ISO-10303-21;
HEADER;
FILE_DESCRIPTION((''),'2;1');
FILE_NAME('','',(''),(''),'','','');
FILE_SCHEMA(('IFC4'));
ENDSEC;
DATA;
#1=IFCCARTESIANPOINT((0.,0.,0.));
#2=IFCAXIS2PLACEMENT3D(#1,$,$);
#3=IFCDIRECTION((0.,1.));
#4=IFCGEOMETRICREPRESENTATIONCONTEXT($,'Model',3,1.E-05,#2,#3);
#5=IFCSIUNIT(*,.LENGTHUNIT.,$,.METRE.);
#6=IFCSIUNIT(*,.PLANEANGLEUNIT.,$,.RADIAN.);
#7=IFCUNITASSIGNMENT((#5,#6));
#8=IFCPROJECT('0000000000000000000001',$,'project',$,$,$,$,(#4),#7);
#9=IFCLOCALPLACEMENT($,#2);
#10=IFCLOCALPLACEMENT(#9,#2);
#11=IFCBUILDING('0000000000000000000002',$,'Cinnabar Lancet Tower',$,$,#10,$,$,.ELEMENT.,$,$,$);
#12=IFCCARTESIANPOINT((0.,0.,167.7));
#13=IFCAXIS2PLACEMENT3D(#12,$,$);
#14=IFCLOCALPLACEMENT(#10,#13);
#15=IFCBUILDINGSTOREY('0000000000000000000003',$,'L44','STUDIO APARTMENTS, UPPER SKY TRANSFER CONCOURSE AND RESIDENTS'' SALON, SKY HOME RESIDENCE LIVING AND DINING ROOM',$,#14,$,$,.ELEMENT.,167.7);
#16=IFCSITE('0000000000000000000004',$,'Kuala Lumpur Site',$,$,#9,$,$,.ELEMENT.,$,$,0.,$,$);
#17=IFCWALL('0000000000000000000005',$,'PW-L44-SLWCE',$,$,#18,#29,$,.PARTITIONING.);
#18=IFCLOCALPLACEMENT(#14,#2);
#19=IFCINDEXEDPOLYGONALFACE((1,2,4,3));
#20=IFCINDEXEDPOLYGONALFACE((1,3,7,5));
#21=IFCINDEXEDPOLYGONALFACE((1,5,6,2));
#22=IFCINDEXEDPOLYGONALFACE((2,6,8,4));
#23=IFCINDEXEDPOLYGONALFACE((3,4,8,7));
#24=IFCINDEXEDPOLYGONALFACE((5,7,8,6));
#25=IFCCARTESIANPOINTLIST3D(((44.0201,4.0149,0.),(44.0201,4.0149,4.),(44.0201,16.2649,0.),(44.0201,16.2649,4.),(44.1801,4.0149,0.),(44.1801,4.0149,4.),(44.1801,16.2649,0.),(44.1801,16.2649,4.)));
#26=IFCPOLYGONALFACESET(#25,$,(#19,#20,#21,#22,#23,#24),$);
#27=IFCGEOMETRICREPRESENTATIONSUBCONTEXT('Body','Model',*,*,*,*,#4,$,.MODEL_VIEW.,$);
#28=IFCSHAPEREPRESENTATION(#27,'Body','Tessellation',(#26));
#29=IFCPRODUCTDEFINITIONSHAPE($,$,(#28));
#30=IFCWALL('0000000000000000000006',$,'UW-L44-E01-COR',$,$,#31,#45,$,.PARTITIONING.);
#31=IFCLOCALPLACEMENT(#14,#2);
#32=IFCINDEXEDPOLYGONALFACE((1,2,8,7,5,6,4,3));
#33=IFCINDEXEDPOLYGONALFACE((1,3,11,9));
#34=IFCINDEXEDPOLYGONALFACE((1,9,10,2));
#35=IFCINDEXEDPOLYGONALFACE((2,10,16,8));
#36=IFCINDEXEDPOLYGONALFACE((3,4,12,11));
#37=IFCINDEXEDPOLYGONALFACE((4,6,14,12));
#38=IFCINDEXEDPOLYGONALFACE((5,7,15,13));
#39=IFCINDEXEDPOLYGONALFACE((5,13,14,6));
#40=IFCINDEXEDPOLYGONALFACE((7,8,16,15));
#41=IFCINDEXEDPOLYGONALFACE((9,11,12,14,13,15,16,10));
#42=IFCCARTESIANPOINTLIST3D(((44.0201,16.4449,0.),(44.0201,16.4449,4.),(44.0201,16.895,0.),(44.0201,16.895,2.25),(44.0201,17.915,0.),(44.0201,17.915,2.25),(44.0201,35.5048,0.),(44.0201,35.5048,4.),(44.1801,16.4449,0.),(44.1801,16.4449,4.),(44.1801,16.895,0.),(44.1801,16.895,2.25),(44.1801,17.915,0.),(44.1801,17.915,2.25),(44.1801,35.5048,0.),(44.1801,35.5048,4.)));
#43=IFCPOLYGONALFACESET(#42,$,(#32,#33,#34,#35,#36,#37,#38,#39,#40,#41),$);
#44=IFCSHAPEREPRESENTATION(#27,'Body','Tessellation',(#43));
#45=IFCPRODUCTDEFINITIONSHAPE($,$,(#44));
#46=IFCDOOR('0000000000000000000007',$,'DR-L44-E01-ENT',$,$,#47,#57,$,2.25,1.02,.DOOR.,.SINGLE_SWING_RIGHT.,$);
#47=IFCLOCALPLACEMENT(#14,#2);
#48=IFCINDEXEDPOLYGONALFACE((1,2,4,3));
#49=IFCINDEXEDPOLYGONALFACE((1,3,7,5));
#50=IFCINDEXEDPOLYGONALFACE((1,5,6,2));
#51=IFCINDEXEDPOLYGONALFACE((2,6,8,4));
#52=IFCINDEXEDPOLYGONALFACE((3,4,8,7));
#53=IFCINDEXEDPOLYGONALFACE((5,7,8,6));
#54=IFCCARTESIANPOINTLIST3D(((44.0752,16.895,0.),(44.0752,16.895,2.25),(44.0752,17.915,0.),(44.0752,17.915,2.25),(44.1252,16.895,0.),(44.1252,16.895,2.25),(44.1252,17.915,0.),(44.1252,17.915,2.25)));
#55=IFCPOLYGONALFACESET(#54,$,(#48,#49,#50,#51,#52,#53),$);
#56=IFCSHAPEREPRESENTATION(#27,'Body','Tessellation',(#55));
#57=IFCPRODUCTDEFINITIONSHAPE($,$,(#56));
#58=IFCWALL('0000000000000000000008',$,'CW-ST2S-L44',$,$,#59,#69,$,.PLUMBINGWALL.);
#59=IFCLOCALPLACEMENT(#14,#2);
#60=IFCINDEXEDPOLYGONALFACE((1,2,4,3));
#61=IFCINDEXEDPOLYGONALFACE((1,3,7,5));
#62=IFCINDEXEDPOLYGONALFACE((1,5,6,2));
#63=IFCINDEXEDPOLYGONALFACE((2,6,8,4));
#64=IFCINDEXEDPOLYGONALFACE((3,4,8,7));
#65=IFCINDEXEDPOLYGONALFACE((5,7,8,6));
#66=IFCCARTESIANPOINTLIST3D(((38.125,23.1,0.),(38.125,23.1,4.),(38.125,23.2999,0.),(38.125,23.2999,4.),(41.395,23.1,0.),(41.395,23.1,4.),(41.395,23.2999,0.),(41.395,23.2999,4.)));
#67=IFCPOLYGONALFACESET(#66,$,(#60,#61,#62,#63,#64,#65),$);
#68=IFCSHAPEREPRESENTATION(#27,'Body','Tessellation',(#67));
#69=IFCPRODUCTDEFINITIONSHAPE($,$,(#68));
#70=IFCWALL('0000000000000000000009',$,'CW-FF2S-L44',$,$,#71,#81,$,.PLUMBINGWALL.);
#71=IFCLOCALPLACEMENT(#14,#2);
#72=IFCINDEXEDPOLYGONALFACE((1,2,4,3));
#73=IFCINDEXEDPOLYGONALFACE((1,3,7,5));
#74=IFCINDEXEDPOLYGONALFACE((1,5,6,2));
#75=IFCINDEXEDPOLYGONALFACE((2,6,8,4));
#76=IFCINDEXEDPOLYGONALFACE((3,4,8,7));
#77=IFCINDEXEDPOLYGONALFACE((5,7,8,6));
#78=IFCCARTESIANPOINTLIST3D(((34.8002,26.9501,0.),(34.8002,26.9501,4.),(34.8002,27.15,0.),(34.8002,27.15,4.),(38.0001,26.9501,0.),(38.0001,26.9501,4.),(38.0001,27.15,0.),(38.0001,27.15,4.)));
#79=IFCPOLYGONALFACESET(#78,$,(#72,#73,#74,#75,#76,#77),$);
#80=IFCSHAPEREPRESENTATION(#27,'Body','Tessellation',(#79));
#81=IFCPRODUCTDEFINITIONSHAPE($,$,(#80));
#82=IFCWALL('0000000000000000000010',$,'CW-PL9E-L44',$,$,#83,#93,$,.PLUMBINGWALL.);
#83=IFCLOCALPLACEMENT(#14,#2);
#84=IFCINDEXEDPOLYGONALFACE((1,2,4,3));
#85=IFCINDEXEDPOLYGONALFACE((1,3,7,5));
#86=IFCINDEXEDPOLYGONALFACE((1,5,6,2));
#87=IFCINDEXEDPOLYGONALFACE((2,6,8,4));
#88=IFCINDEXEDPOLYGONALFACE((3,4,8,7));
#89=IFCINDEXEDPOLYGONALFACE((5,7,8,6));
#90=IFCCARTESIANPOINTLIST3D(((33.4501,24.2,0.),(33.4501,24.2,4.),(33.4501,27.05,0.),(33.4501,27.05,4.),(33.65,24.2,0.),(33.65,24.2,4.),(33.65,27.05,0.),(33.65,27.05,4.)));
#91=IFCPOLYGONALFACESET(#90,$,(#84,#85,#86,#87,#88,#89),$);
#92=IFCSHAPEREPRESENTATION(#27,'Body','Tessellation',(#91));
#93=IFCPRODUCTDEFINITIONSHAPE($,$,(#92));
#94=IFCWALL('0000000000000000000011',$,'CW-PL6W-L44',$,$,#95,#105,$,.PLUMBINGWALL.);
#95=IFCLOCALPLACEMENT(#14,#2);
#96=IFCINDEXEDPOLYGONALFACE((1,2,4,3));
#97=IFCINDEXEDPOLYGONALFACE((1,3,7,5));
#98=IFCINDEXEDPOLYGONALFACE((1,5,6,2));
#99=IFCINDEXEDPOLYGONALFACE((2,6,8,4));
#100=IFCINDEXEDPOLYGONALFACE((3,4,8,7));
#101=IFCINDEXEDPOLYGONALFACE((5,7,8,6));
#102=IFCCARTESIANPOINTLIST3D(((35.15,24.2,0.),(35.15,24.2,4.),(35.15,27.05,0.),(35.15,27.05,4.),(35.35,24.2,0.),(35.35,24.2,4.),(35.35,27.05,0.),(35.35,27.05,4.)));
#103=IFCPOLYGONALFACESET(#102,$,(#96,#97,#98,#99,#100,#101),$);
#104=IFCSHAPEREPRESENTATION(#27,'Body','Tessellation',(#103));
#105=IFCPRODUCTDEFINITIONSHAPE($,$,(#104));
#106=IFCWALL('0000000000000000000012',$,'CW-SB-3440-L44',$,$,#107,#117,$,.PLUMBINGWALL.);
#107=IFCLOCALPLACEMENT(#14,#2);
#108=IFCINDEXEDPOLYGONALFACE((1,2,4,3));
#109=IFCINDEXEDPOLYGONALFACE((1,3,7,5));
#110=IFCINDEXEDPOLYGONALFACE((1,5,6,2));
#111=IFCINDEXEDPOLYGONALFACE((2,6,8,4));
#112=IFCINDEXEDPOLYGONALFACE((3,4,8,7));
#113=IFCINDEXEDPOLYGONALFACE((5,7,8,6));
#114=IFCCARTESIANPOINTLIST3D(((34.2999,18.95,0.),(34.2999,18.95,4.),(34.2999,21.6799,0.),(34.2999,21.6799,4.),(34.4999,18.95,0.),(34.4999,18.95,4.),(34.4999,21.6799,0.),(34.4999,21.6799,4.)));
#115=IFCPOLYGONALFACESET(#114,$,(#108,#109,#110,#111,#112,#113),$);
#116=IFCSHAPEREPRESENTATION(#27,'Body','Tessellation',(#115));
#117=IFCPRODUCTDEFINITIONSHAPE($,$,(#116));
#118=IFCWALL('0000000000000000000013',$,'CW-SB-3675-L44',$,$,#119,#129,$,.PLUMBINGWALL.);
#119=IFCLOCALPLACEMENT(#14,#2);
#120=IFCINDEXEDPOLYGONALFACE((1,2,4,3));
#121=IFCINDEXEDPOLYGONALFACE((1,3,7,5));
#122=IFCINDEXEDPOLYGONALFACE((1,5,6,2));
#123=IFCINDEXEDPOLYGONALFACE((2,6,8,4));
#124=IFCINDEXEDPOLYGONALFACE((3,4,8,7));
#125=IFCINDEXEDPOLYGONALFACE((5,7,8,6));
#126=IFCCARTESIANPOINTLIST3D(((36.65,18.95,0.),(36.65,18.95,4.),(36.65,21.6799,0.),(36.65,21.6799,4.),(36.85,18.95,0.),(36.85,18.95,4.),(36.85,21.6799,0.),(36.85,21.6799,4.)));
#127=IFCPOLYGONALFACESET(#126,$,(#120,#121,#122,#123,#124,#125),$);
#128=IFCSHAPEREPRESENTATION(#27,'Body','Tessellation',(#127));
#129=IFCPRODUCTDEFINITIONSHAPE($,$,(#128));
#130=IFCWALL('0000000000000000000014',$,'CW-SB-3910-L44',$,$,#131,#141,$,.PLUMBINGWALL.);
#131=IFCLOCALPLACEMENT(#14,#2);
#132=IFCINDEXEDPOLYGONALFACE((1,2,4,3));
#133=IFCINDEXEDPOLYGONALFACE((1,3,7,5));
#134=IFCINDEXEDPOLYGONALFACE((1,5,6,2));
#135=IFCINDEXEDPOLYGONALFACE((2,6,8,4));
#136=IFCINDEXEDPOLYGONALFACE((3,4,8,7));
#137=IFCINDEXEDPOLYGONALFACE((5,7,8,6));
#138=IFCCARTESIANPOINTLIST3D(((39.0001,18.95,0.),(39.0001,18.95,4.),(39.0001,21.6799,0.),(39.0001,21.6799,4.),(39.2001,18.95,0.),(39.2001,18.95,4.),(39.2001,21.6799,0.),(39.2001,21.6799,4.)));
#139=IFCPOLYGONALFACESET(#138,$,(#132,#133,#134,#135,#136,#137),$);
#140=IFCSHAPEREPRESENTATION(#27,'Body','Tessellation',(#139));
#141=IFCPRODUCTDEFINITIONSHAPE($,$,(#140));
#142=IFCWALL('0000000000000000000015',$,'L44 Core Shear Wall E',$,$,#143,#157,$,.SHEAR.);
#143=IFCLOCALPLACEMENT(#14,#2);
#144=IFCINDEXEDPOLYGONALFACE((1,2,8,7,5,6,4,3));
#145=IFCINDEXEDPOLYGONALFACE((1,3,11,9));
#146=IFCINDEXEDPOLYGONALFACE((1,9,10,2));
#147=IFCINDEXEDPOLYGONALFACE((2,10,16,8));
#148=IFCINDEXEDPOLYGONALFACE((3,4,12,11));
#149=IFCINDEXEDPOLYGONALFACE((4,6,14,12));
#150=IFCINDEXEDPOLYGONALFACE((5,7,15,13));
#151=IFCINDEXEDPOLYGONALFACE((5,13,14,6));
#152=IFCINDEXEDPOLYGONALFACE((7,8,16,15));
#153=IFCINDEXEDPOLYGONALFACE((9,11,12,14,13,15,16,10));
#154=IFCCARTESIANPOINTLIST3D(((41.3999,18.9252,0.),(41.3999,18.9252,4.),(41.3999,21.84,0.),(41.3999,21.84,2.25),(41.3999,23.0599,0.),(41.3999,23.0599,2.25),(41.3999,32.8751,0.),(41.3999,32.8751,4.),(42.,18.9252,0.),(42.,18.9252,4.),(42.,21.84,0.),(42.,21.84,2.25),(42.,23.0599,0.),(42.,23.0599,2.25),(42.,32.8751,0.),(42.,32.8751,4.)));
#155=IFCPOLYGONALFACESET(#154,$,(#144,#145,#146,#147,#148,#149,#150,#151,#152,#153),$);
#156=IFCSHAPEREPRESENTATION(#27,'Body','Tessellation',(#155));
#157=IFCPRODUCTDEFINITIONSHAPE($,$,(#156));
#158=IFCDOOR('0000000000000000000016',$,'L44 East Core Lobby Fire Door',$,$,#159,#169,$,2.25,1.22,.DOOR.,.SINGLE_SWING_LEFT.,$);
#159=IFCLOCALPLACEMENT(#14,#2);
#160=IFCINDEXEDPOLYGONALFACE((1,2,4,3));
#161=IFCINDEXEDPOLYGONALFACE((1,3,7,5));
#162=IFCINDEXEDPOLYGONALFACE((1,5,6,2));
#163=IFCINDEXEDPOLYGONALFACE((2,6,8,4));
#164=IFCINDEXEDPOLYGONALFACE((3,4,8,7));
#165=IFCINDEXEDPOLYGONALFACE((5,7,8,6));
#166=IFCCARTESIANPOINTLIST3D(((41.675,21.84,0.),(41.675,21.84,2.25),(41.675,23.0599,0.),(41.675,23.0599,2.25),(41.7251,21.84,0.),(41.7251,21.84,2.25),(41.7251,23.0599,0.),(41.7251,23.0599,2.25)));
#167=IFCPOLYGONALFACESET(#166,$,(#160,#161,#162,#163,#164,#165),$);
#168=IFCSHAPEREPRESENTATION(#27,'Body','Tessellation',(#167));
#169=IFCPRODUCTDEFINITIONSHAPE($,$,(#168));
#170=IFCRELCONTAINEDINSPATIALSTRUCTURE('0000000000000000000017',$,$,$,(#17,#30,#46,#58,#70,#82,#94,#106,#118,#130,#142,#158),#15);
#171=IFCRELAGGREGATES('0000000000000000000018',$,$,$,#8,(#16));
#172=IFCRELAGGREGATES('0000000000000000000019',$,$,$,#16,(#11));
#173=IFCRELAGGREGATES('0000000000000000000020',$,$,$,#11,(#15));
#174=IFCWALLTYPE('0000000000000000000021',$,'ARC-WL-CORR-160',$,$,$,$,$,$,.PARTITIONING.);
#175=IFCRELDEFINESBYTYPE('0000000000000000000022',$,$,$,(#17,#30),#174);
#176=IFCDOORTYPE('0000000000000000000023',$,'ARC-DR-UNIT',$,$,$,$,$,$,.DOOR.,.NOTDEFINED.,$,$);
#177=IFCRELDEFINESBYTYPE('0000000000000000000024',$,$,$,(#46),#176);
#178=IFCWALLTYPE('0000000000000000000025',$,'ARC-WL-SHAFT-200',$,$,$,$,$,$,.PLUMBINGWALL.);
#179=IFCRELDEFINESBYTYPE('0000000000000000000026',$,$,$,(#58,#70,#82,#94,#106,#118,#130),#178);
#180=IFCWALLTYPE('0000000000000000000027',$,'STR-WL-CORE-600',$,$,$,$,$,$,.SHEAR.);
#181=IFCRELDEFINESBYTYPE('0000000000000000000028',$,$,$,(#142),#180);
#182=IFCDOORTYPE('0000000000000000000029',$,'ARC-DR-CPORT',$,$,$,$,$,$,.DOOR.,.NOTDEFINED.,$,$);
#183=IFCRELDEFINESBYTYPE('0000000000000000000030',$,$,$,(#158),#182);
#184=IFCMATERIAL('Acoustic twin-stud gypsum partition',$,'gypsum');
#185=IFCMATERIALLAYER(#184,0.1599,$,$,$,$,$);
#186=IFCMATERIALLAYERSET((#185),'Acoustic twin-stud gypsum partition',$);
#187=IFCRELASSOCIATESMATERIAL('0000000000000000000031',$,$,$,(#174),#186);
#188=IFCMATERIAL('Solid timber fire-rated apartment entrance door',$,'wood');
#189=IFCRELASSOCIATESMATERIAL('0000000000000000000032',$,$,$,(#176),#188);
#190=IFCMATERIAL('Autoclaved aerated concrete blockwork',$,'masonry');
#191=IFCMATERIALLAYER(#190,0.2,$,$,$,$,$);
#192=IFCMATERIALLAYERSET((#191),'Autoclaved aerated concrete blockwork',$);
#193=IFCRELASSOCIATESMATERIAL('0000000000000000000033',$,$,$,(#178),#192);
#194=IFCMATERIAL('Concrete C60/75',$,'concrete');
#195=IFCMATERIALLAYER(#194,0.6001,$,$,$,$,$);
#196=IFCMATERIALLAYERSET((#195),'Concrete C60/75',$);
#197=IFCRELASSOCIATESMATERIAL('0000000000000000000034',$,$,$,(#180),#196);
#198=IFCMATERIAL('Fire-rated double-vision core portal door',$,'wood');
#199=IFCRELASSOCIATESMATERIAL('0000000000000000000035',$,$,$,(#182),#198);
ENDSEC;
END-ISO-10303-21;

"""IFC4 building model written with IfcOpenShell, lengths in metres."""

from ifc_helpers import new_model, si_unit, direction, frame, frame_2d, origin, place, context, subcontext, project, spatial, rectangle, extrude, material, layer, layer_set, type_object, element, fill, save


model = new_model("IFC4")

# Units and contexts
model_context = context("Model", 3, precision=1e-05, world=origin(), true_north=direction((0.0, 1.0)))
body_context = subcontext(model_context, "Body", "Model", "MODEL_VIEW")
ifc_project = project(units=[si_unit("LENGTHUNIT", "METRE"), si_unit("PLANEANGLEUNIT", "RADIAN")], contexts=[model_context])

# Site, building, storey
site_placement = place(None, origin())
site = spatial("IfcSite", under=ifc_project, at=site_placement, Name="Kuala Lumpur Site", CompositionType="ELEMENT", RefElevation=0.0)
building_placement = place(site_placement, origin())
building = spatial("IfcBuilding", under=site, at=building_placement, Name="Cinnabar Lancet Tower", CompositionType="ELEMENT")
storey_placement = place(building_placement, frame((0.0, 0.0, 167.7)))
storey = spatial("IfcBuildingStorey", under=building, at=storey_placement, Name="L44", Description="STUDIO APARTMENTS, UPPER SKY TRANSFER CONCOURSE AND RESIDENTS' SALON, SKY HOME RESIDENCE LIVING AND DINING ROOM", CompositionType="ELEMENT", Elevation=167.7)

# Wall
ifc_material_1 = material(Name="Acoustic twin-stud gypsum partition", Category="gypsum")
ifc_layer_1 = layer(ifc_material_1, 0.1599)
ifc_layer_set_1 = layer_set([ifc_layer_1], Name="Acoustic twin-stud gypsum partition")
wall_type_1 = type_object("IfcWallType", Name="ARC-WL-CORR-160", PredefinedType="PARTITIONING", material=ifc_layer_set_1)
wall_1_placement = place(storey_placement, frame((44.1001, 4.0149, 0.0), z_axis=(0.0, 0.0, 1.0), x_axis=(0.0, 1.0, 0.0)))
element("IfcWall", 1, at=wall_1_placement, inside=storey, type_object=wall_type_1, Name="PW-L44-SLWCE", PredefinedType="PARTITIONING", context=body_context, shape_type="SweptSolid", body=[
    extrude(rectangle(XDim=12.25, YDim=0.1599, at=frame_2d((6.125, 0.0))), origin(), (0.0, 0.0, 1.0), 4.0),
])

# Wall, opening, door
wall_2_placement = place(storey_placement, frame((44.1001, 16.4451, 0.0), z_axis=(0.0, 0.0, 1.0), x_axis=(0.0, 1.0, 0.0)))
wall_2 = element("IfcWall", 2, at=wall_2_placement, inside=storey, type_object=wall_type_1, Name="UW-L44-E01-COR", PredefinedType="PARTITIONING", context=body_context, shape_type="SweptSolid", body=[
    extrude(rectangle(XDim=19.0598, YDim=0.1599, at=frame_2d((9.5298, 0.0))), origin(), (0.0, 0.0, 1.0), 4.0),
])
opening_1_placement = place(wall_2_placement, frame((0.45, 0.0, 0.0)))
opening_1 = element("IfcOpeningElement", 3, at=opening_1_placement, cuts=wall_2, PredefinedType="OPENING", context=body_context, shape_type="SweptSolid", body=[
    extrude(rectangle(XDim=1.02, YDim=2.25, at=frame_2d((0.51, 1.125))), frame((0.0, 0.0898, 0.0), z_axis=(0.0, -1.0, 0.0), x_axis=(1.0, 0.0, 0.0)), (0.0, 0.0, 1.0), 0.1799),
])
ifc_material_2 = material(Name="Solid timber fire-rated apartment entrance door", Category="wood")
door_type_1 = type_object("IfcDoorType", Name="ARC-DR-UNIT", OperationType="NOTDEFINED", PredefinedType="DOOR", material=ifc_material_2)
door_1_placement = place(opening_1_placement, origin())
door_1 = element("IfcDoor", 4, at=door_1_placement, inside=storey, type_object=door_type_1, Name="DR-L44-E01-ENT", OperationType="SINGLE_SWING_RIGHT", OverallHeight=2.25, OverallWidth=1.02, PredefinedType="DOOR", context=body_context, shape_type="SweptSolid", body=[
    extrude(rectangle(XDim=1.02, YDim=2.25, at=frame_2d((0.51, 1.125))), frame((0.0, 0.0249, 0.0), z_axis=(0.0, -1.0, 0.0), x_axis=(1.0, 0.0, 0.0)), (0.0, 0.0, 1.0), 0.05),
])
fill(opening_1, door_1)

# Wall
ifc_material_3 = material(Name="Autoclaved aerated concrete blockwork", Category="masonry")
ifc_layer_2 = layer(ifc_material_3, 0.2)
ifc_layer_set_2 = layer_set([ifc_layer_2], Name="Autoclaved aerated concrete blockwork")
wall_type_2 = type_object("IfcWallType", Name="ARC-WL-SHAFT-200", PredefinedType="PLUMBINGWALL", material=ifc_layer_set_2)
wall_3_placement = place(storey_placement, frame((38.125, 23.2, 0.0), z_axis=(0.0, 0.0, 1.0), x_axis=(1.0, 0.0, 0.0)))
element("IfcWall", 5, at=wall_3_placement, inside=storey, type_object=wall_type_2, Name="CW-ST2S-L44", PredefinedType="PLUMBINGWALL", context=body_context, shape_type="SweptSolid", body=[
    extrude(rectangle(XDim=3.27, YDim=0.2, at=frame_2d((1.635, 0.0))), origin(), (0.0, 0.0, 1.0), 4.0),
])

# Walls
wall_4_placement = place(storey_placement, frame((34.8, 27.05, 0.0), z_axis=(0.0, 0.0, 1.0), x_axis=(1.0, 0.0, 0.0)))
element("IfcWall", 6, at=wall_4_placement, inside=storey, type_object=wall_type_2, Name="CW-FF2S-L44", PredefinedType="PLUMBINGWALL", context=body_context, shape_type="SweptSolid", body=[
    extrude(rectangle(XDim=3.2, YDim=0.2, at=frame_2d((1.6001, 0.0))), origin(), (0.0, 0.0, 1.0), 4.0),
])
for number, where, z_axis, x_axis, name in (
    (7, (33.55, 24.2, 0.0), (0.0, 0.0, 1.0), (0.0, 1.0, 0.0), "CW-PL9E-L44"),
    (8, (35.25, 24.2, 0.0), (0.0, 0.0, 1.0), (0.0, 1.0, 0.0), "CW-PL6W-L44"),
):
    element("IfcWall", number, at=place(storey_placement, frame(where, z_axis=z_axis, x_axis=x_axis)), inside=storey, type_object=wall_type_2, Name=name, PredefinedType="PLUMBINGWALL", context=body_context, shape_type="SweptSolid", body=[
        extrude(rectangle(XDim=2.8501, YDim=0.2, at=frame_2d((1.425, 0.0))), origin(), (0.0, 0.0, 1.0), 4.0),
    ])
for number, where, z_axis, x_axis, name in (
    (9, (34.3999, 18.95, 0.0), (0.0, 0.0, 1.0), (0.0, 1.0, 0.0), "CW-SB-3440-L44"),
    (10, (36.75, 18.95, 0.0), (0.0, 0.0, 1.0), (0.0, 1.0, 0.0), "CW-SB-3675-L44"),
    (11, (39.1001, 18.95, 0.0), (0.0, 0.0, 1.0), (0.0, 1.0, 0.0), "CW-SB-3910-L44"),
):
    element("IfcWall", number, at=place(storey_placement, frame(where, z_axis=z_axis, x_axis=x_axis)), inside=storey, type_object=wall_type_2, Name=name, PredefinedType="PLUMBINGWALL", context=body_context, shape_type="SweptSolid", body=[
        extrude(rectangle(XDim=2.73, YDim=0.2, at=frame_2d((1.365, 0.0))), origin(), (0.0, 0.0, 1.0), 4.0),
    ])

# Wall, opening, door
ifc_material_4 = material(Name="Concrete C60/75", Category="concrete")
ifc_layer_3 = layer(ifc_material_4, 0.6001)
ifc_layer_set_3 = layer_set([ifc_layer_3], Name="Concrete C60/75")
wall_type_3 = type_object("IfcWallType", Name="STR-WL-CORE-600", PredefinedType="SHEAR", material=ifc_layer_set_3)
wall_5_placement = place(storey_placement, frame((41.7, 18.925, 0.0), z_axis=(0.0, 0.0, 1.0), x_axis=(0.0, 1.0, 0.0)))
wall_5 = element("IfcWall", 12, at=wall_5_placement, inside=storey, type_object=wall_type_3, Name="L44 Core Shear Wall E", PredefinedType="SHEAR", context=body_context, shape_type="SweptSolid", body=[
    extrude(rectangle(XDim=13.95, YDim=0.6001, at=frame_2d((6.9751, 0.0))), origin(), (0.0, 0.0, 1.0), 4.0),
])
opening_2_placement = place(wall_5_placement, frame((2.915, 0.0, 0.0)))
opening_2 = element("IfcOpeningElement", 13, at=opening_2_placement, cuts=wall_5, PredefinedType="OPENING", context=body_context, shape_type="SweptSolid", body=[
    extrude(rectangle(XDim=1.22, YDim=2.25, at=frame_2d((0.6099, 1.125))), frame((0.0, 0.3101, 0.0), z_axis=(0.0, -1.0, 0.0), x_axis=(1.0, 0.0, 0.0)), (0.0, 0.0, 1.0), 0.6201),
])
ifc_material_5 = material(Name="Fire-rated double-vision core portal door", Category="wood")
door_type_2 = type_object("IfcDoorType", Name="ARC-DR-CPORT", OperationType="NOTDEFINED", PredefinedType="DOOR", material=ifc_material_5)
door_2_placement = place(opening_2_placement, origin())
door_2 = element("IfcDoor", 14, at=door_2_placement, inside=storey, type_object=door_type_2, Name="L44 East Core Lobby Fire Door", OperationType="SINGLE_SWING_LEFT", OverallHeight=2.25, OverallWidth=1.22, PredefinedType="DOOR", context=body_context, shape_type="SweptSolid", body=[
    extrude(rectangle(XDim=1.22, YDim=2.25, at=frame_2d((0.6099, 1.125))), frame((0.0, 0.0249, 0.0), z_axis=(0.0, -1.0, 0.0), x_axis=(1.0, 0.0, 0.0)), (0.0, 0.0, 1.0), 0.05),
])
fill(opening_2, door_2)

save(model, "model.ifc")
